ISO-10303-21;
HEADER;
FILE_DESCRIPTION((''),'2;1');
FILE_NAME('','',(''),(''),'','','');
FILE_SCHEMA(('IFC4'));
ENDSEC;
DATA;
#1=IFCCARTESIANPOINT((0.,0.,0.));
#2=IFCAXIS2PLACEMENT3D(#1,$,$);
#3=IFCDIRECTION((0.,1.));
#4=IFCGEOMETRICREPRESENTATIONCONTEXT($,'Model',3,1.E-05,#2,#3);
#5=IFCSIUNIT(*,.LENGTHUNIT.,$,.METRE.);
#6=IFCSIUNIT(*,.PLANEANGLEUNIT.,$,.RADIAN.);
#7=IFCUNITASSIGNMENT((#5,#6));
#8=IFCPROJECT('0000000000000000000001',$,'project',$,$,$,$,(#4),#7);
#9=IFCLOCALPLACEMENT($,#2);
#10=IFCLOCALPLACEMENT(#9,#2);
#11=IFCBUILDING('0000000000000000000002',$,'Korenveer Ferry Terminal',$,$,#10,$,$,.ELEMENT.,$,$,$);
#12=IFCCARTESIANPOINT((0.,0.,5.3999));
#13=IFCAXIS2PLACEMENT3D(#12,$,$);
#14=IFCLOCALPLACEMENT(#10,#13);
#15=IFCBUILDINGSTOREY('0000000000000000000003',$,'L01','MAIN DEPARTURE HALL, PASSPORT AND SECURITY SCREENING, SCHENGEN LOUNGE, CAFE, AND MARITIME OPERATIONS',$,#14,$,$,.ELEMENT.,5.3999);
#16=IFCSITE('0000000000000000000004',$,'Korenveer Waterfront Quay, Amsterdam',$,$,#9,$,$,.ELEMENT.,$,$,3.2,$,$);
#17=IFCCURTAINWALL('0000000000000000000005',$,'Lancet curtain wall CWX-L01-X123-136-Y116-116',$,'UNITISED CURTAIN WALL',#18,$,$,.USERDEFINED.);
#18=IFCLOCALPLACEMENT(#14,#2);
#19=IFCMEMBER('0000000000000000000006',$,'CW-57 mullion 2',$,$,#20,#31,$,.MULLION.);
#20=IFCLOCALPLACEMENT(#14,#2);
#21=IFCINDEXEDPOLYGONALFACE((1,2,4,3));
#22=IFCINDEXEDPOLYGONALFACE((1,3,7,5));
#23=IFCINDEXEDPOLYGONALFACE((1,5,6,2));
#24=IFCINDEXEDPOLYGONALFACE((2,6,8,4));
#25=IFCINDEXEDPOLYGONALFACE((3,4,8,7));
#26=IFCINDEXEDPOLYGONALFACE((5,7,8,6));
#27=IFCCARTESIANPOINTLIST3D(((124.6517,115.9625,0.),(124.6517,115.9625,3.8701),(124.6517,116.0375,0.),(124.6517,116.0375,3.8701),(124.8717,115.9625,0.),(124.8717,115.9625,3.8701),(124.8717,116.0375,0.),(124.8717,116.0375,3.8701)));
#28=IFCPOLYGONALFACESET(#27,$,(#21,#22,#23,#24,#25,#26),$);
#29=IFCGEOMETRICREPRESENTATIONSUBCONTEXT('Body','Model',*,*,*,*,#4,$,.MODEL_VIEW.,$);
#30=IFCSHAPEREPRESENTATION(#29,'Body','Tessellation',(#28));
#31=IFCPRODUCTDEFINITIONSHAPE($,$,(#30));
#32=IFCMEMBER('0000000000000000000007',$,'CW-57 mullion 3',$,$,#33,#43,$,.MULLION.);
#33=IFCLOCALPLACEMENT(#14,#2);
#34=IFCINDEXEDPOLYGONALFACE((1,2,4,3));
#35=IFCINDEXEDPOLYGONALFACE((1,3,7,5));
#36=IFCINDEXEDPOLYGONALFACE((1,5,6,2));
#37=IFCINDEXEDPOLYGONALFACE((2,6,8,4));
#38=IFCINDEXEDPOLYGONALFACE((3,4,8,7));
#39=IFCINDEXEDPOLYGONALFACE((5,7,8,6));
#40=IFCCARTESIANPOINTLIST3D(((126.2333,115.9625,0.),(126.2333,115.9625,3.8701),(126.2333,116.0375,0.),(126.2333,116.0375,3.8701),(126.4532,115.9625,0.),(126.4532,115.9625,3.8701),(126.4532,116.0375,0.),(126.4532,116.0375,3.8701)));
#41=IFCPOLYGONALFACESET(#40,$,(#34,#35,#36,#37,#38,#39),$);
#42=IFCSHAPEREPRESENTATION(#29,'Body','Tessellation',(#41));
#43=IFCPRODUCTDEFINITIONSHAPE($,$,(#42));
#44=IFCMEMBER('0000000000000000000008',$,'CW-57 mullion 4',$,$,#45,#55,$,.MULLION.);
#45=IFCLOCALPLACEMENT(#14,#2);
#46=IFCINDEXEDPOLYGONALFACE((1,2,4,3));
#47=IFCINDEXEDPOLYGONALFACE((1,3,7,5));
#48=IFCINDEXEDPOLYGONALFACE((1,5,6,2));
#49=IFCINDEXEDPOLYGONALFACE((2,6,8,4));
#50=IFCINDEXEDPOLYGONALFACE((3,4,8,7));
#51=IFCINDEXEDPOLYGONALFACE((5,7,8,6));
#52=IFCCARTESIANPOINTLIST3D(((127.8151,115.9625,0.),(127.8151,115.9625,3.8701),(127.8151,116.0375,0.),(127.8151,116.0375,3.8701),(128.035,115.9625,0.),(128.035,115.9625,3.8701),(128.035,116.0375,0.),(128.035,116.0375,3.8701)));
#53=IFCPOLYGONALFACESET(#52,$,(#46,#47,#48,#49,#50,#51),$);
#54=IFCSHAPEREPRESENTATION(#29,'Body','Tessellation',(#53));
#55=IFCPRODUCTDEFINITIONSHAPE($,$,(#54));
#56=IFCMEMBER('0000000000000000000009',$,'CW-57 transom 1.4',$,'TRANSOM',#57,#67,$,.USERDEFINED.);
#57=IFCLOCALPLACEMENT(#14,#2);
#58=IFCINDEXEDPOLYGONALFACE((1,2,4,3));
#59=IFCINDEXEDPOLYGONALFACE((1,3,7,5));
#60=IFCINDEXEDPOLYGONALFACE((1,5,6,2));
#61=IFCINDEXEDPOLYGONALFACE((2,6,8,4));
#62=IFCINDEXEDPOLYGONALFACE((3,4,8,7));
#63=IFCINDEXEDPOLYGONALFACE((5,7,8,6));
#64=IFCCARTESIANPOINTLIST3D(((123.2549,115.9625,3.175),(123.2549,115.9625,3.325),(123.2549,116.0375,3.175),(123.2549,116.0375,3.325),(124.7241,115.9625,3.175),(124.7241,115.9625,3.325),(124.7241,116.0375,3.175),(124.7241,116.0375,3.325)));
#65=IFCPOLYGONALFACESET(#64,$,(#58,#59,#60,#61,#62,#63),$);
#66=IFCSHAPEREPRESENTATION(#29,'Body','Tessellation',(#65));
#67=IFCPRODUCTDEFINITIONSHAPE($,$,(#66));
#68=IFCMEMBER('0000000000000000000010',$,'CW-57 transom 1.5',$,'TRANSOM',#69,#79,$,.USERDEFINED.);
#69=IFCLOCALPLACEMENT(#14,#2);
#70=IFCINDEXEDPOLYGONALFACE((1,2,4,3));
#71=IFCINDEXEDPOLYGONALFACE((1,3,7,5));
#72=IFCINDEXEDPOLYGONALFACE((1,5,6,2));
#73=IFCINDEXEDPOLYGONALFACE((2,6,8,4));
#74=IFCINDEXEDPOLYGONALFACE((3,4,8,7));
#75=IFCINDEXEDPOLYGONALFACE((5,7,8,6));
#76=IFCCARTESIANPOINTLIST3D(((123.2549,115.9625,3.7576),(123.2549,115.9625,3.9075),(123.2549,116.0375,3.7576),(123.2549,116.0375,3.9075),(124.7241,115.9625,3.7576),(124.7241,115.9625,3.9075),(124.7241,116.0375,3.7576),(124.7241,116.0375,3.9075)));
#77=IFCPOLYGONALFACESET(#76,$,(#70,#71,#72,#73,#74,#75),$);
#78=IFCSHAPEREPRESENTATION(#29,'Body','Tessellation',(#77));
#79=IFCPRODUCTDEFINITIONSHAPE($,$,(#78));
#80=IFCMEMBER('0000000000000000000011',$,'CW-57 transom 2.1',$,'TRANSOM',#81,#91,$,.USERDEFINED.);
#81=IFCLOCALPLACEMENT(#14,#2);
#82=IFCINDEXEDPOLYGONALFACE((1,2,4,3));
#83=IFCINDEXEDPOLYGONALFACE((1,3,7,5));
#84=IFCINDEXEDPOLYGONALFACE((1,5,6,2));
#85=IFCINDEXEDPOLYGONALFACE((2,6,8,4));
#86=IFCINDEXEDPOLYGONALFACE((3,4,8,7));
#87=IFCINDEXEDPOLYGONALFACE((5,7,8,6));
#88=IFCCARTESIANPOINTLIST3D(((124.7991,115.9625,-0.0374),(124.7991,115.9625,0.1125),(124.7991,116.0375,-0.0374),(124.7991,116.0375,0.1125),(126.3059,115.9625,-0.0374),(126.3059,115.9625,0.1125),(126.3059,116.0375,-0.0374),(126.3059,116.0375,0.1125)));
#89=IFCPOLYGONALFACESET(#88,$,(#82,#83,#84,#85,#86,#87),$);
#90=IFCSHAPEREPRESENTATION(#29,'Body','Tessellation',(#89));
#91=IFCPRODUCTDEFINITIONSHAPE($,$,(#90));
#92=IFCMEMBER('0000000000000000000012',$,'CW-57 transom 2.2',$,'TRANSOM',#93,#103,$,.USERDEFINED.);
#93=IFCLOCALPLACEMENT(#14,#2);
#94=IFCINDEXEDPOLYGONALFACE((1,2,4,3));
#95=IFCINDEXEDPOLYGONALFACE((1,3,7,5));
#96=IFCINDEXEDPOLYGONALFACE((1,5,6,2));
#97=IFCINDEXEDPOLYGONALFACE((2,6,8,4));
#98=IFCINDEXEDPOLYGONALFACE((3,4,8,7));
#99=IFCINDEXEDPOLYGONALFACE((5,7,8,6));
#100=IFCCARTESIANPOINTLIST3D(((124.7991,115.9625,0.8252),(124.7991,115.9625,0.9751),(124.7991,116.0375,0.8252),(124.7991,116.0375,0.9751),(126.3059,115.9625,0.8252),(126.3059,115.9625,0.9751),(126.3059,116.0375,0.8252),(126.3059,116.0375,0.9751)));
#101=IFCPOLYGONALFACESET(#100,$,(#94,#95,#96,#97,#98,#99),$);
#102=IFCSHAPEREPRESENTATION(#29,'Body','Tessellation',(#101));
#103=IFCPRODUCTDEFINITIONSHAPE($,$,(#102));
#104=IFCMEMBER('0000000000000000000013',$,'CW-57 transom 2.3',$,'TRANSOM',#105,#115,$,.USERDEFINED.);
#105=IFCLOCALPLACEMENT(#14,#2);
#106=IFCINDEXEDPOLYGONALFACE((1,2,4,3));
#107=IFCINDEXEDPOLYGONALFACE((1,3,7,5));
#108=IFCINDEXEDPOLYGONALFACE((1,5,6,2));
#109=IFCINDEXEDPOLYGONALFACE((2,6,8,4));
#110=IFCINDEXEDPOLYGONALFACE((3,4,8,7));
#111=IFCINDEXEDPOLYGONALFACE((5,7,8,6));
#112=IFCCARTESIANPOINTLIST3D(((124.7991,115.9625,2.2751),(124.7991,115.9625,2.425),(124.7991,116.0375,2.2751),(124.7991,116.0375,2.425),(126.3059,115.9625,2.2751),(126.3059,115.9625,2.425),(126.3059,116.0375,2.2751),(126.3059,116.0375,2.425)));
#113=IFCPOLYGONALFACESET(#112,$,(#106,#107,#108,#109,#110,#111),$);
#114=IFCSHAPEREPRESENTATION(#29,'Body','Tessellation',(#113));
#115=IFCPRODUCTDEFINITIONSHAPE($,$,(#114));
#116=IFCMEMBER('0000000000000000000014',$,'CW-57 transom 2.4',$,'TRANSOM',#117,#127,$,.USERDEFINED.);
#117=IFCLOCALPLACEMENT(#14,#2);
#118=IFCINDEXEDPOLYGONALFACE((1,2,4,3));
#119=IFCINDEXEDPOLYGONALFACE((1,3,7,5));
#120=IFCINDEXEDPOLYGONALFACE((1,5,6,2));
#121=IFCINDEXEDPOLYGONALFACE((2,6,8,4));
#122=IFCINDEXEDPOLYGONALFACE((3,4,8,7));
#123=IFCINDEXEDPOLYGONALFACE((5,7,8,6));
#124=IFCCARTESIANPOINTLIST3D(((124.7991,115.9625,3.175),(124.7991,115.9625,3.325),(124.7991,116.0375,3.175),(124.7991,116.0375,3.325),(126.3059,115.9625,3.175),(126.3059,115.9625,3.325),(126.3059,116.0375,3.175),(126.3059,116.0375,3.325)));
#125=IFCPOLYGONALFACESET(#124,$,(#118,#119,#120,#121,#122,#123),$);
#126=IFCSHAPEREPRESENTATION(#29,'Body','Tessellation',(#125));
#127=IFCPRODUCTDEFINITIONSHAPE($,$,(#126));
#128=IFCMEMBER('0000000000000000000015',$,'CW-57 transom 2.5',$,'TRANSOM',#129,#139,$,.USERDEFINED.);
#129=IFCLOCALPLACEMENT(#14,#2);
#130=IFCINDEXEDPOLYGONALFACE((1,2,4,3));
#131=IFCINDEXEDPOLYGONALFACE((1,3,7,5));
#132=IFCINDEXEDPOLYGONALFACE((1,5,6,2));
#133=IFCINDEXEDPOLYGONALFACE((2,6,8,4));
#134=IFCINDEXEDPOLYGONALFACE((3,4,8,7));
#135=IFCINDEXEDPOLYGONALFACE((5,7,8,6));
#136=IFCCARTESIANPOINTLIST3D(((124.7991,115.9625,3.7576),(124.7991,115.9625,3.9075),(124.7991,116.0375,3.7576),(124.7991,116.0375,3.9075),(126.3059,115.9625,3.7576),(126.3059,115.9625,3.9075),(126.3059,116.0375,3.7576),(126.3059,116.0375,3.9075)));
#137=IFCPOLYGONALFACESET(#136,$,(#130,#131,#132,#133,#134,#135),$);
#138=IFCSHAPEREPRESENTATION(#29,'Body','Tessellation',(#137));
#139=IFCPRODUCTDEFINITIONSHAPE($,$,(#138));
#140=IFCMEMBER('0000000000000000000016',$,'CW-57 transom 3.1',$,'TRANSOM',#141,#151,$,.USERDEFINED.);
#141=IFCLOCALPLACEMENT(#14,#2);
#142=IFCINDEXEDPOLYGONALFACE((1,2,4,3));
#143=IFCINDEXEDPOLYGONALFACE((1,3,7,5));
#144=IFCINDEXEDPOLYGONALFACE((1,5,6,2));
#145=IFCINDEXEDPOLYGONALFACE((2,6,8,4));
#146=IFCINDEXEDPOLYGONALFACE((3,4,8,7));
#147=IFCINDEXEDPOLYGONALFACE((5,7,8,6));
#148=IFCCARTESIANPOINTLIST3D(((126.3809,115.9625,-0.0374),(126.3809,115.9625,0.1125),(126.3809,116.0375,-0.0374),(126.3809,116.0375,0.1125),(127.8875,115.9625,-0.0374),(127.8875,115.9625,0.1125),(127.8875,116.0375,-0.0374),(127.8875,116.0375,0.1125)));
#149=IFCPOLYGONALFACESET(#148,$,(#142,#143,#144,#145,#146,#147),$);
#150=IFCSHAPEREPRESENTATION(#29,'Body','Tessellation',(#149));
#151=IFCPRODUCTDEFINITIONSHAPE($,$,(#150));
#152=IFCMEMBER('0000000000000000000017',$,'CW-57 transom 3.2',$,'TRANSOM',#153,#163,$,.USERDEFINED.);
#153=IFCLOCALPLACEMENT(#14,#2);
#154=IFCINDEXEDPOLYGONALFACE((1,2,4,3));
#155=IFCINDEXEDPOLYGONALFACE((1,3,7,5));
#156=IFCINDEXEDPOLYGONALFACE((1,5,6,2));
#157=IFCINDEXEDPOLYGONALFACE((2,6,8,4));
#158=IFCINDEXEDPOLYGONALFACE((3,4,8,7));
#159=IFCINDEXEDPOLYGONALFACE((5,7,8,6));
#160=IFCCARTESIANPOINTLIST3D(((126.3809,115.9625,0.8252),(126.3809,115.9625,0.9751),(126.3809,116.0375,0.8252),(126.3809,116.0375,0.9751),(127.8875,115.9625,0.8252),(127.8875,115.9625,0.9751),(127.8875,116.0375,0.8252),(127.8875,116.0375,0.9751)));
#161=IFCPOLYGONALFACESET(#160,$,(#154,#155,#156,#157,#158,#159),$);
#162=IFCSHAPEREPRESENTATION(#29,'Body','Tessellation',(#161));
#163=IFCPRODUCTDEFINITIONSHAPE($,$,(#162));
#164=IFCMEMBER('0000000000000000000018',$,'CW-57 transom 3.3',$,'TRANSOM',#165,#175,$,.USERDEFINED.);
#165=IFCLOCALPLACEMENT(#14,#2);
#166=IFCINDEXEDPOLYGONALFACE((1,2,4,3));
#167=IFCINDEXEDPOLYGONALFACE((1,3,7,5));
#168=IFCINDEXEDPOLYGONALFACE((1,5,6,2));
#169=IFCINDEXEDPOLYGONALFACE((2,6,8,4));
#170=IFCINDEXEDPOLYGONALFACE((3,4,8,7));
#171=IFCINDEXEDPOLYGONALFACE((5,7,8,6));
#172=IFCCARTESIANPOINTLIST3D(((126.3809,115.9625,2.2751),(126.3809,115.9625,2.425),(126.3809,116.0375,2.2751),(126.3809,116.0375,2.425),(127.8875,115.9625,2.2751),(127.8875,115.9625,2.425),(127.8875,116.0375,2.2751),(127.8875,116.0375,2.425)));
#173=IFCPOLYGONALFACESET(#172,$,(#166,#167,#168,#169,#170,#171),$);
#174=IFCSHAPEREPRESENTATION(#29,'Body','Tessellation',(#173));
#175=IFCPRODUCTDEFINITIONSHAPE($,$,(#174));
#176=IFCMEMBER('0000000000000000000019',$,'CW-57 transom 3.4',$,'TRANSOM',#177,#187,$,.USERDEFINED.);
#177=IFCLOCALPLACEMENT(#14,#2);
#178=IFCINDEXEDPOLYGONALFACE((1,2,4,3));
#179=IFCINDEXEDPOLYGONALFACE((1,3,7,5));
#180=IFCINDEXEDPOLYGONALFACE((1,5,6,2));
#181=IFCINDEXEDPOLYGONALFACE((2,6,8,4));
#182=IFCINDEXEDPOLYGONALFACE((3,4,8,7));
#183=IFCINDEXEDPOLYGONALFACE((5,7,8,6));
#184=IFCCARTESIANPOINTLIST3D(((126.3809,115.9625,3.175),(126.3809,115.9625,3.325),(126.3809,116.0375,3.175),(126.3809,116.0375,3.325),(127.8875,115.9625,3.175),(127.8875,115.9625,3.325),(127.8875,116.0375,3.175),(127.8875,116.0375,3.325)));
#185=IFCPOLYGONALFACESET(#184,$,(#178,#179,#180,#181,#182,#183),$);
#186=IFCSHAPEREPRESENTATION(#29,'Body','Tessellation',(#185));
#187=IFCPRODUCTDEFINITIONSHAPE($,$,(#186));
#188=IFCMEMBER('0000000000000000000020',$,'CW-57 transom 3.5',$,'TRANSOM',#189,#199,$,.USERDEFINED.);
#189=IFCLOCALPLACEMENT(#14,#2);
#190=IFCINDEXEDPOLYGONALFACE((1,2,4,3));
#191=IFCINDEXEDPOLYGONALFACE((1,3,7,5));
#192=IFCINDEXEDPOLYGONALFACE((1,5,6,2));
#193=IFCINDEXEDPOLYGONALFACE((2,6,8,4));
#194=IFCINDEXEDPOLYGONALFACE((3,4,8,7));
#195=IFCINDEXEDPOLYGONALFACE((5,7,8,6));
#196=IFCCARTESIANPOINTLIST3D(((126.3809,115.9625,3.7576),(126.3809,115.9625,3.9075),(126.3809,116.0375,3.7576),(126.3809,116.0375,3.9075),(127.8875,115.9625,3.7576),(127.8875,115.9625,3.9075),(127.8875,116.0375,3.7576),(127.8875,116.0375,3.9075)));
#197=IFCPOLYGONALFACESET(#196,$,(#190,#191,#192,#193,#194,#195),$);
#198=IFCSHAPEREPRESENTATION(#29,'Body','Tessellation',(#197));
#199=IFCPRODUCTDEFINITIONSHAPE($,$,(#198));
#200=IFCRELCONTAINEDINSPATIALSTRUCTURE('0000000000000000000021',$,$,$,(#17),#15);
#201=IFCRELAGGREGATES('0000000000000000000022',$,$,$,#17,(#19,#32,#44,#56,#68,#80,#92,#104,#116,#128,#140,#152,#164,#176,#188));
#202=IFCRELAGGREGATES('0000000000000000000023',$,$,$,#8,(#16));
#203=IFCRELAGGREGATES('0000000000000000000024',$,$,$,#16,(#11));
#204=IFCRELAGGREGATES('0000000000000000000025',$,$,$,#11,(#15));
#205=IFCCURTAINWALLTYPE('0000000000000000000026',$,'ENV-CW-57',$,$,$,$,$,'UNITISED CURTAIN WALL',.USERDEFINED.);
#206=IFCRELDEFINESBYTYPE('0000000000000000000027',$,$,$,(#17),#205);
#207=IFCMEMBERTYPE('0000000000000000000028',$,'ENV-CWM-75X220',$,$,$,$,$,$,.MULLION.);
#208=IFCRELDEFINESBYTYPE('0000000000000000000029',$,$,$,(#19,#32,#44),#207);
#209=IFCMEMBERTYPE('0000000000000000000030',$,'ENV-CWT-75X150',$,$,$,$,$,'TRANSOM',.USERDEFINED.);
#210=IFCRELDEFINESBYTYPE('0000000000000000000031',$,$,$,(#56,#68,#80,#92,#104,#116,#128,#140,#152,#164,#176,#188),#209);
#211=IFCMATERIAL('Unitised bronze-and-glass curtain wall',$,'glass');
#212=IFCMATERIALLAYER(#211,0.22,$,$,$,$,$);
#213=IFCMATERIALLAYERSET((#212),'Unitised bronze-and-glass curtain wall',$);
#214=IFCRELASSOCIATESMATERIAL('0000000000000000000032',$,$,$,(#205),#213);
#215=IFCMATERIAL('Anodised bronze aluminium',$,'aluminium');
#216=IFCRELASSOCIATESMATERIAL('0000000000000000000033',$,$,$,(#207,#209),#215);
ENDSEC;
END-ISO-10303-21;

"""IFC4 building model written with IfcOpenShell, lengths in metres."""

from ifc_helpers import new_model, si_unit, direction, frame, origin, origin_2d, place, context, subcontext, project, spatial, rectangle, extrude, material, layer, layer_set, material_profile, profile_set, type_object, element, aggregate, save


model = new_model("IFC4")

# Units and contexts
model_context = context("Model", 3, precision=1e-05, world=origin(), true_north=direction((0.0, 1.0)))
body_context = subcontext(model_context, "Body", "Model", "MODEL_VIEW")
ifc_project = project(units=[si_unit("LENGTHUNIT", "METRE"), si_unit("PLANEANGLEUNIT", "RADIAN")], contexts=[model_context])

# Site, building, storey
site_placement = place(None, origin())
site = spatial("IfcSite", under=ifc_project, at=site_placement, Name="Korenveer Waterfront Quay, Amsterdam", CompositionType="ELEMENT", RefElevation=3.2)
building_placement = place(site_placement, origin())
building = spatial("IfcBuilding", under=site, at=building_placement, Name="Korenveer Ferry Terminal", CompositionType="ELEMENT")
storey_placement = place(building_placement, frame((0.0, 0.0, 5.3999)))
storey = spatial("IfcBuildingStorey", under=building, at=storey_placement, Name="L01", Description="MAIN DEPARTURE HALL, PASSPORT AND SECURITY SCREENING, SCHENGEN LOUNGE, CAFE, AND MARITIME OPERATIONS", CompositionType="ELEMENT", Elevation=5.3999)

# Curtain wall, members
ifc_material_1 = material(Name="Unitised bronze-and-glass curtain wall", Category="glass")
ifc_layer_1 = layer(ifc_material_1, 0.22)
ifc_layer_set_1 = layer_set([ifc_layer_1], Name="Unitised bronze-and-glass curtain wall")
curtain_wall_type = type_object("IfcCurtainWallType", Name="ENV-CW-57", ElementType="UNITISED CURTAIN WALL", PredefinedType="USERDEFINED", material=ifc_layer_set_1)
curtain_wall_placement = place(storey_placement, frame((123.1799, 116.0, 0.0)))
curtain_wall = element("IfcCurtainWall", 1, at=curtain_wall_placement, inside=storey, type_object=curtain_wall_type, Name="Lancet curtain wall CWX-L01-X123-136-Y116-116", ObjectType="UNITISED CURTAIN WALL", PredefinedType="USERDEFINED")
ifc_material_2 = material(Name="Anodised bronze aluminium", Category="aluminium")
ifc_material_profile_1 = material_profile(ifc_material_2, rectangle(XDim=0.075, YDim=0.22, at=origin_2d()), Name="ALU 75x220")
ifc_profile_set_1 = profile_set([ifc_material_profile_1], Name="Anodised bronze aluminium")
member_type_1 = type_object("IfcMemberType", Name="ENV-CWM-75X220", PredefinedType="MULLION", material=ifc_profile_set_1)
member_1_placement = place(storey_placement, frame((124.7617, 116.0, 0.0), z_axis=(0.0, 0.0, 1.0), x_axis=(0.0, 1.0, 0.0)))
member_1 = element("IfcMember", 2, at=member_1_placement, type_object=member_type_1, Name="CW-57 mullion 2", PredefinedType="MULLION", context=body_context, shape_type="SweptSolid", body=[
    extrude(rectangle(XDim=0.075, YDim=0.22, at=origin_2d()), origin(), (0.0, 0.0, 1.0), 3.8701),
])
member_2_placement = place(storey_placement, frame((126.3433, 116.0, 0.0), z_axis=(0.0, 0.0, 1.0), x_axis=(0.0, 1.0, 0.0)))
member_2 = element("IfcMember", 3, at=member_2_placement, type_object=member_type_1, Name="CW-57 mullion 3", PredefinedType="MULLION", context=body_context, shape_type="SweptSolid", body=[
    extrude(rectangle(XDim=0.075, YDim=0.22, at=origin_2d()), origin(), (0.0, 0.0, 1.0), 3.8701),
])
member_3_placement = place(storey_placement, frame((127.925, 116.0, 0.0), z_axis=(0.0, 0.0, 1.0), x_axis=(0.0, 1.0, 0.0)))
member_3 = element("IfcMember", 4, at=member_3_placement, type_object=member_type_1, Name="CW-57 mullion 4", PredefinedType="MULLION", context=body_context, shape_type="SweptSolid", body=[
    extrude(rectangle(XDim=0.075, YDim=0.22, at=origin_2d()), origin(), (0.0, 0.0, 1.0), 3.8701),
])
ifc_material_profile_2 = material_profile(ifc_material_2, rectangle(XDim=0.075, YDim=0.1499, at=origin_2d()), Name="ALU 75x150")
ifc_profile_set_2 = profile_set([ifc_material_profile_2], Name="Anodised bronze aluminium")
member_type_2 = type_object("IfcMemberType", Name="ENV-CWT-75X150", ElementType="TRANSOM", PredefinedType="USERDEFINED", material=ifc_profile_set_2)
member_4_placement = place(storey_placement, frame((123.2549, 116.0, 3.25), z_axis=(1.0, 0.0, 0.0), x_axis=(0.0, 1.0, 0.0)))
member_4 = element("IfcMember", 5, at=member_4_placement, type_object=member_type_2, Name="CW-57 transom 1.4", ObjectType="TRANSOM", PredefinedType="USERDEFINED", context=body_context, shape_type="SweptSolid", body=[
    extrude(rectangle(XDim=0.075, YDim=0.1499, at=origin_2d()), origin(), (0.0, 0.0, 1.0), 1.4692),
])
member_5_placement = place(storey_placement, frame((123.2549, 116.0, 3.8325), z_axis=(1.0, 0.0, 0.0), x_axis=(0.0, 1.0, 0.0)))
member_5 = element("IfcMember", 6, at=member_5_placement, type_object=member_type_2, Name="CW-57 transom 1.5", ObjectType="TRANSOM", PredefinedType="USERDEFINED", context=body_context, shape_type="SweptSolid", body=[
    extrude(rectangle(XDim=0.075, YDim=0.1499, at=origin_2d()), origin(), (0.0, 0.0, 1.0), 1.4692),
])
member_6_placement = place(storey_placement, frame((124.7991, 116.0, 0.0376), z_axis=(1.0, 0.0, 0.0), x_axis=(0.0, 1.0, 0.0)))
member_6 = element("IfcMember", 7, at=member_6_placement, type_object=member_type_2, Name="CW-57 transom 2.1", ObjectType="TRANSOM", PredefinedType="USERDEFINED", context=body_context, shape_type="SweptSolid", body=[
    extrude(rectangle(XDim=0.075, YDim=0.1499, at=origin_2d()), origin(), (0.0, 0.0, 1.0), 1.5068),
])
member_7_placement = place(storey_placement, frame((124.7991, 116.0, 0.9001), z_axis=(1.0, 0.0, 0.0), x_axis=(0.0, 1.0, 0.0)))
member_7 = element("IfcMember", 8, at=member_7_placement, type_object=member_type_2, Name="CW-57 transom 2.2", ObjectType="TRANSOM", PredefinedType="USERDEFINED", context=body_context, shape_type="SweptSolid", body=[
    extrude(rectangle(XDim=0.075, YDim=0.1499, at=origin_2d()), origin(), (0.0, 0.0, 1.0), 1.5068),
])
member_8_placement = place(storey_placement, frame((124.7991, 116.0, 2.3501), z_axis=(1.0, 0.0, 0.0), x_axis=(0.0, 1.0, 0.0)))
member_8 = element("IfcMember", 9, at=member_8_placement, type_object=member_type_2, Name="CW-57 transom 2.3", ObjectType="TRANSOM", PredefinedType="USERDEFINED", context=body_context, shape_type="SweptSolid", body=[
    extrude(rectangle(XDim=0.075, YDim=0.1499, at=origin_2d()), origin(), (0.0, 0.0, 1.0), 1.5068),
])
member_9_placement = place(storey_placement, frame((124.7991, 116.0, 3.25), z_axis=(1.0, 0.0, 0.0), x_axis=(0.0, 1.0, 0.0)))
member_9 = element("IfcMember", 10, at=member_9_placement, type_object=member_type_2, Name="CW-57 transom 2.4", ObjectType="TRANSOM", PredefinedType="USERDEFINED", context=body_context, shape_type="SweptSolid", body=[
    extrude(rectangle(XDim=0.075, YDim=0.1499, at=origin_2d()), origin(), (0.0, 0.0, 1.0), 1.5068),
])
member_10_placement = place(storey_placement, frame((124.7991, 116.0, 3.8325), z_axis=(1.0, 0.0, 0.0), x_axis=(0.0, 1.0, 0.0)))
member_10 = element("IfcMember", 11, at=member_10_placement, type_object=member_type_2, Name="CW-57 transom 2.5", ObjectType="TRANSOM", PredefinedType="USERDEFINED", context=body_context, shape_type="SweptSolid", body=[
    extrude(rectangle(XDim=0.075, YDim=0.1499, at=origin_2d()), origin(), (0.0, 0.0, 1.0), 1.5068),
])
member_11_placement = place(storey_placement, frame((126.3809, 116.0, 0.0376), z_axis=(1.0, 0.0, 0.0), x_axis=(0.0, 1.0, 0.0)))
member_11 = element("IfcMember", 12, at=member_11_placement, type_object=member_type_2, Name="CW-57 transom 3.1", ObjectType="TRANSOM", PredefinedType="USERDEFINED", context=body_context, shape_type="SweptSolid", body=[
    extrude(rectangle(XDim=0.075, YDim=0.1499, at=origin_2d()), origin(), (0.0, 0.0, 1.0), 1.5066),
])
member_12_placement = place(storey_placement, frame((126.3809, 116.0, 0.9001), z_axis=(1.0, 0.0, 0.0), x_axis=(0.0, 1.0, 0.0)))
member_12 = element("IfcMember", 13, at=member_12_placement, type_object=member_type_2, Name="CW-57 transom 3.2", ObjectType="TRANSOM", PredefinedType="USERDEFINED", context=body_context, shape_type="SweptSolid", body=[
    extrude(rectangle(XDim=0.075, YDim=0.1499, at=origin_2d()), origin(), (0.0, 0.0, 1.0), 1.5066),
])
member_13_placement = place(storey_placement, frame((126.3809, 116.0, 2.3501), z_axis=(1.0, 0.0, 0.0), x_axis=(0.0, 1.0, 0.0)))
member_13 = element("IfcMember", 14, at=member_13_placement, type_object=member_type_2, Name="CW-57 transom 3.3", ObjectType="TRANSOM", PredefinedType="USERDEFINED", context=body_context, shape_type="SweptSolid", body=[
    extrude(rectangle(XDim=0.075, YDim=0.1499, at=origin_2d()), origin(), (0.0, 0.0, 1.0), 1.5066),
])
member_14_placement = place(storey_placement, frame((126.3809, 116.0, 3.25), z_axis=(1.0, 0.0, 0.0), x_axis=(0.0, 1.0, 0.0)))
member_14 = element("IfcMember", 15, at=member_14_placement, type_object=member_type_2, Name="CW-57 transom 3.4", ObjectType="TRANSOM", PredefinedType="USERDEFINED", context=body_context, shape_type="SweptSolid", body=[
    extrude(rectangle(XDim=0.075, YDim=0.1499, at=origin_2d()), origin(), (0.0, 0.0, 1.0), 1.5066),
])
member_15_placement = place(storey_placement, frame((126.3809, 116.0, 3.8325), z_axis=(1.0, 0.0, 0.0), x_axis=(0.0, 1.0, 0.0)))
member_15 = element("IfcMember", 16, at=member_15_placement, type_object=member_type_2, Name="CW-57 transom 3.5", ObjectType="TRANSOM", PredefinedType="USERDEFINED", context=body_context, shape_type="SweptSolid", body=[
    extrude(rectangle(XDim=0.075, YDim=0.1499, at=origin_2d()), origin(), (0.0, 0.0, 1.0), 1.5066),
])
aggregate(curtain_wall, [member_1, member_2, member_3, member_4, member_5, member_6, member_7, member_8, member_9, member_10, member_11, member_12, member_13, member_14, member_15])

save(model, "model.ifc")
